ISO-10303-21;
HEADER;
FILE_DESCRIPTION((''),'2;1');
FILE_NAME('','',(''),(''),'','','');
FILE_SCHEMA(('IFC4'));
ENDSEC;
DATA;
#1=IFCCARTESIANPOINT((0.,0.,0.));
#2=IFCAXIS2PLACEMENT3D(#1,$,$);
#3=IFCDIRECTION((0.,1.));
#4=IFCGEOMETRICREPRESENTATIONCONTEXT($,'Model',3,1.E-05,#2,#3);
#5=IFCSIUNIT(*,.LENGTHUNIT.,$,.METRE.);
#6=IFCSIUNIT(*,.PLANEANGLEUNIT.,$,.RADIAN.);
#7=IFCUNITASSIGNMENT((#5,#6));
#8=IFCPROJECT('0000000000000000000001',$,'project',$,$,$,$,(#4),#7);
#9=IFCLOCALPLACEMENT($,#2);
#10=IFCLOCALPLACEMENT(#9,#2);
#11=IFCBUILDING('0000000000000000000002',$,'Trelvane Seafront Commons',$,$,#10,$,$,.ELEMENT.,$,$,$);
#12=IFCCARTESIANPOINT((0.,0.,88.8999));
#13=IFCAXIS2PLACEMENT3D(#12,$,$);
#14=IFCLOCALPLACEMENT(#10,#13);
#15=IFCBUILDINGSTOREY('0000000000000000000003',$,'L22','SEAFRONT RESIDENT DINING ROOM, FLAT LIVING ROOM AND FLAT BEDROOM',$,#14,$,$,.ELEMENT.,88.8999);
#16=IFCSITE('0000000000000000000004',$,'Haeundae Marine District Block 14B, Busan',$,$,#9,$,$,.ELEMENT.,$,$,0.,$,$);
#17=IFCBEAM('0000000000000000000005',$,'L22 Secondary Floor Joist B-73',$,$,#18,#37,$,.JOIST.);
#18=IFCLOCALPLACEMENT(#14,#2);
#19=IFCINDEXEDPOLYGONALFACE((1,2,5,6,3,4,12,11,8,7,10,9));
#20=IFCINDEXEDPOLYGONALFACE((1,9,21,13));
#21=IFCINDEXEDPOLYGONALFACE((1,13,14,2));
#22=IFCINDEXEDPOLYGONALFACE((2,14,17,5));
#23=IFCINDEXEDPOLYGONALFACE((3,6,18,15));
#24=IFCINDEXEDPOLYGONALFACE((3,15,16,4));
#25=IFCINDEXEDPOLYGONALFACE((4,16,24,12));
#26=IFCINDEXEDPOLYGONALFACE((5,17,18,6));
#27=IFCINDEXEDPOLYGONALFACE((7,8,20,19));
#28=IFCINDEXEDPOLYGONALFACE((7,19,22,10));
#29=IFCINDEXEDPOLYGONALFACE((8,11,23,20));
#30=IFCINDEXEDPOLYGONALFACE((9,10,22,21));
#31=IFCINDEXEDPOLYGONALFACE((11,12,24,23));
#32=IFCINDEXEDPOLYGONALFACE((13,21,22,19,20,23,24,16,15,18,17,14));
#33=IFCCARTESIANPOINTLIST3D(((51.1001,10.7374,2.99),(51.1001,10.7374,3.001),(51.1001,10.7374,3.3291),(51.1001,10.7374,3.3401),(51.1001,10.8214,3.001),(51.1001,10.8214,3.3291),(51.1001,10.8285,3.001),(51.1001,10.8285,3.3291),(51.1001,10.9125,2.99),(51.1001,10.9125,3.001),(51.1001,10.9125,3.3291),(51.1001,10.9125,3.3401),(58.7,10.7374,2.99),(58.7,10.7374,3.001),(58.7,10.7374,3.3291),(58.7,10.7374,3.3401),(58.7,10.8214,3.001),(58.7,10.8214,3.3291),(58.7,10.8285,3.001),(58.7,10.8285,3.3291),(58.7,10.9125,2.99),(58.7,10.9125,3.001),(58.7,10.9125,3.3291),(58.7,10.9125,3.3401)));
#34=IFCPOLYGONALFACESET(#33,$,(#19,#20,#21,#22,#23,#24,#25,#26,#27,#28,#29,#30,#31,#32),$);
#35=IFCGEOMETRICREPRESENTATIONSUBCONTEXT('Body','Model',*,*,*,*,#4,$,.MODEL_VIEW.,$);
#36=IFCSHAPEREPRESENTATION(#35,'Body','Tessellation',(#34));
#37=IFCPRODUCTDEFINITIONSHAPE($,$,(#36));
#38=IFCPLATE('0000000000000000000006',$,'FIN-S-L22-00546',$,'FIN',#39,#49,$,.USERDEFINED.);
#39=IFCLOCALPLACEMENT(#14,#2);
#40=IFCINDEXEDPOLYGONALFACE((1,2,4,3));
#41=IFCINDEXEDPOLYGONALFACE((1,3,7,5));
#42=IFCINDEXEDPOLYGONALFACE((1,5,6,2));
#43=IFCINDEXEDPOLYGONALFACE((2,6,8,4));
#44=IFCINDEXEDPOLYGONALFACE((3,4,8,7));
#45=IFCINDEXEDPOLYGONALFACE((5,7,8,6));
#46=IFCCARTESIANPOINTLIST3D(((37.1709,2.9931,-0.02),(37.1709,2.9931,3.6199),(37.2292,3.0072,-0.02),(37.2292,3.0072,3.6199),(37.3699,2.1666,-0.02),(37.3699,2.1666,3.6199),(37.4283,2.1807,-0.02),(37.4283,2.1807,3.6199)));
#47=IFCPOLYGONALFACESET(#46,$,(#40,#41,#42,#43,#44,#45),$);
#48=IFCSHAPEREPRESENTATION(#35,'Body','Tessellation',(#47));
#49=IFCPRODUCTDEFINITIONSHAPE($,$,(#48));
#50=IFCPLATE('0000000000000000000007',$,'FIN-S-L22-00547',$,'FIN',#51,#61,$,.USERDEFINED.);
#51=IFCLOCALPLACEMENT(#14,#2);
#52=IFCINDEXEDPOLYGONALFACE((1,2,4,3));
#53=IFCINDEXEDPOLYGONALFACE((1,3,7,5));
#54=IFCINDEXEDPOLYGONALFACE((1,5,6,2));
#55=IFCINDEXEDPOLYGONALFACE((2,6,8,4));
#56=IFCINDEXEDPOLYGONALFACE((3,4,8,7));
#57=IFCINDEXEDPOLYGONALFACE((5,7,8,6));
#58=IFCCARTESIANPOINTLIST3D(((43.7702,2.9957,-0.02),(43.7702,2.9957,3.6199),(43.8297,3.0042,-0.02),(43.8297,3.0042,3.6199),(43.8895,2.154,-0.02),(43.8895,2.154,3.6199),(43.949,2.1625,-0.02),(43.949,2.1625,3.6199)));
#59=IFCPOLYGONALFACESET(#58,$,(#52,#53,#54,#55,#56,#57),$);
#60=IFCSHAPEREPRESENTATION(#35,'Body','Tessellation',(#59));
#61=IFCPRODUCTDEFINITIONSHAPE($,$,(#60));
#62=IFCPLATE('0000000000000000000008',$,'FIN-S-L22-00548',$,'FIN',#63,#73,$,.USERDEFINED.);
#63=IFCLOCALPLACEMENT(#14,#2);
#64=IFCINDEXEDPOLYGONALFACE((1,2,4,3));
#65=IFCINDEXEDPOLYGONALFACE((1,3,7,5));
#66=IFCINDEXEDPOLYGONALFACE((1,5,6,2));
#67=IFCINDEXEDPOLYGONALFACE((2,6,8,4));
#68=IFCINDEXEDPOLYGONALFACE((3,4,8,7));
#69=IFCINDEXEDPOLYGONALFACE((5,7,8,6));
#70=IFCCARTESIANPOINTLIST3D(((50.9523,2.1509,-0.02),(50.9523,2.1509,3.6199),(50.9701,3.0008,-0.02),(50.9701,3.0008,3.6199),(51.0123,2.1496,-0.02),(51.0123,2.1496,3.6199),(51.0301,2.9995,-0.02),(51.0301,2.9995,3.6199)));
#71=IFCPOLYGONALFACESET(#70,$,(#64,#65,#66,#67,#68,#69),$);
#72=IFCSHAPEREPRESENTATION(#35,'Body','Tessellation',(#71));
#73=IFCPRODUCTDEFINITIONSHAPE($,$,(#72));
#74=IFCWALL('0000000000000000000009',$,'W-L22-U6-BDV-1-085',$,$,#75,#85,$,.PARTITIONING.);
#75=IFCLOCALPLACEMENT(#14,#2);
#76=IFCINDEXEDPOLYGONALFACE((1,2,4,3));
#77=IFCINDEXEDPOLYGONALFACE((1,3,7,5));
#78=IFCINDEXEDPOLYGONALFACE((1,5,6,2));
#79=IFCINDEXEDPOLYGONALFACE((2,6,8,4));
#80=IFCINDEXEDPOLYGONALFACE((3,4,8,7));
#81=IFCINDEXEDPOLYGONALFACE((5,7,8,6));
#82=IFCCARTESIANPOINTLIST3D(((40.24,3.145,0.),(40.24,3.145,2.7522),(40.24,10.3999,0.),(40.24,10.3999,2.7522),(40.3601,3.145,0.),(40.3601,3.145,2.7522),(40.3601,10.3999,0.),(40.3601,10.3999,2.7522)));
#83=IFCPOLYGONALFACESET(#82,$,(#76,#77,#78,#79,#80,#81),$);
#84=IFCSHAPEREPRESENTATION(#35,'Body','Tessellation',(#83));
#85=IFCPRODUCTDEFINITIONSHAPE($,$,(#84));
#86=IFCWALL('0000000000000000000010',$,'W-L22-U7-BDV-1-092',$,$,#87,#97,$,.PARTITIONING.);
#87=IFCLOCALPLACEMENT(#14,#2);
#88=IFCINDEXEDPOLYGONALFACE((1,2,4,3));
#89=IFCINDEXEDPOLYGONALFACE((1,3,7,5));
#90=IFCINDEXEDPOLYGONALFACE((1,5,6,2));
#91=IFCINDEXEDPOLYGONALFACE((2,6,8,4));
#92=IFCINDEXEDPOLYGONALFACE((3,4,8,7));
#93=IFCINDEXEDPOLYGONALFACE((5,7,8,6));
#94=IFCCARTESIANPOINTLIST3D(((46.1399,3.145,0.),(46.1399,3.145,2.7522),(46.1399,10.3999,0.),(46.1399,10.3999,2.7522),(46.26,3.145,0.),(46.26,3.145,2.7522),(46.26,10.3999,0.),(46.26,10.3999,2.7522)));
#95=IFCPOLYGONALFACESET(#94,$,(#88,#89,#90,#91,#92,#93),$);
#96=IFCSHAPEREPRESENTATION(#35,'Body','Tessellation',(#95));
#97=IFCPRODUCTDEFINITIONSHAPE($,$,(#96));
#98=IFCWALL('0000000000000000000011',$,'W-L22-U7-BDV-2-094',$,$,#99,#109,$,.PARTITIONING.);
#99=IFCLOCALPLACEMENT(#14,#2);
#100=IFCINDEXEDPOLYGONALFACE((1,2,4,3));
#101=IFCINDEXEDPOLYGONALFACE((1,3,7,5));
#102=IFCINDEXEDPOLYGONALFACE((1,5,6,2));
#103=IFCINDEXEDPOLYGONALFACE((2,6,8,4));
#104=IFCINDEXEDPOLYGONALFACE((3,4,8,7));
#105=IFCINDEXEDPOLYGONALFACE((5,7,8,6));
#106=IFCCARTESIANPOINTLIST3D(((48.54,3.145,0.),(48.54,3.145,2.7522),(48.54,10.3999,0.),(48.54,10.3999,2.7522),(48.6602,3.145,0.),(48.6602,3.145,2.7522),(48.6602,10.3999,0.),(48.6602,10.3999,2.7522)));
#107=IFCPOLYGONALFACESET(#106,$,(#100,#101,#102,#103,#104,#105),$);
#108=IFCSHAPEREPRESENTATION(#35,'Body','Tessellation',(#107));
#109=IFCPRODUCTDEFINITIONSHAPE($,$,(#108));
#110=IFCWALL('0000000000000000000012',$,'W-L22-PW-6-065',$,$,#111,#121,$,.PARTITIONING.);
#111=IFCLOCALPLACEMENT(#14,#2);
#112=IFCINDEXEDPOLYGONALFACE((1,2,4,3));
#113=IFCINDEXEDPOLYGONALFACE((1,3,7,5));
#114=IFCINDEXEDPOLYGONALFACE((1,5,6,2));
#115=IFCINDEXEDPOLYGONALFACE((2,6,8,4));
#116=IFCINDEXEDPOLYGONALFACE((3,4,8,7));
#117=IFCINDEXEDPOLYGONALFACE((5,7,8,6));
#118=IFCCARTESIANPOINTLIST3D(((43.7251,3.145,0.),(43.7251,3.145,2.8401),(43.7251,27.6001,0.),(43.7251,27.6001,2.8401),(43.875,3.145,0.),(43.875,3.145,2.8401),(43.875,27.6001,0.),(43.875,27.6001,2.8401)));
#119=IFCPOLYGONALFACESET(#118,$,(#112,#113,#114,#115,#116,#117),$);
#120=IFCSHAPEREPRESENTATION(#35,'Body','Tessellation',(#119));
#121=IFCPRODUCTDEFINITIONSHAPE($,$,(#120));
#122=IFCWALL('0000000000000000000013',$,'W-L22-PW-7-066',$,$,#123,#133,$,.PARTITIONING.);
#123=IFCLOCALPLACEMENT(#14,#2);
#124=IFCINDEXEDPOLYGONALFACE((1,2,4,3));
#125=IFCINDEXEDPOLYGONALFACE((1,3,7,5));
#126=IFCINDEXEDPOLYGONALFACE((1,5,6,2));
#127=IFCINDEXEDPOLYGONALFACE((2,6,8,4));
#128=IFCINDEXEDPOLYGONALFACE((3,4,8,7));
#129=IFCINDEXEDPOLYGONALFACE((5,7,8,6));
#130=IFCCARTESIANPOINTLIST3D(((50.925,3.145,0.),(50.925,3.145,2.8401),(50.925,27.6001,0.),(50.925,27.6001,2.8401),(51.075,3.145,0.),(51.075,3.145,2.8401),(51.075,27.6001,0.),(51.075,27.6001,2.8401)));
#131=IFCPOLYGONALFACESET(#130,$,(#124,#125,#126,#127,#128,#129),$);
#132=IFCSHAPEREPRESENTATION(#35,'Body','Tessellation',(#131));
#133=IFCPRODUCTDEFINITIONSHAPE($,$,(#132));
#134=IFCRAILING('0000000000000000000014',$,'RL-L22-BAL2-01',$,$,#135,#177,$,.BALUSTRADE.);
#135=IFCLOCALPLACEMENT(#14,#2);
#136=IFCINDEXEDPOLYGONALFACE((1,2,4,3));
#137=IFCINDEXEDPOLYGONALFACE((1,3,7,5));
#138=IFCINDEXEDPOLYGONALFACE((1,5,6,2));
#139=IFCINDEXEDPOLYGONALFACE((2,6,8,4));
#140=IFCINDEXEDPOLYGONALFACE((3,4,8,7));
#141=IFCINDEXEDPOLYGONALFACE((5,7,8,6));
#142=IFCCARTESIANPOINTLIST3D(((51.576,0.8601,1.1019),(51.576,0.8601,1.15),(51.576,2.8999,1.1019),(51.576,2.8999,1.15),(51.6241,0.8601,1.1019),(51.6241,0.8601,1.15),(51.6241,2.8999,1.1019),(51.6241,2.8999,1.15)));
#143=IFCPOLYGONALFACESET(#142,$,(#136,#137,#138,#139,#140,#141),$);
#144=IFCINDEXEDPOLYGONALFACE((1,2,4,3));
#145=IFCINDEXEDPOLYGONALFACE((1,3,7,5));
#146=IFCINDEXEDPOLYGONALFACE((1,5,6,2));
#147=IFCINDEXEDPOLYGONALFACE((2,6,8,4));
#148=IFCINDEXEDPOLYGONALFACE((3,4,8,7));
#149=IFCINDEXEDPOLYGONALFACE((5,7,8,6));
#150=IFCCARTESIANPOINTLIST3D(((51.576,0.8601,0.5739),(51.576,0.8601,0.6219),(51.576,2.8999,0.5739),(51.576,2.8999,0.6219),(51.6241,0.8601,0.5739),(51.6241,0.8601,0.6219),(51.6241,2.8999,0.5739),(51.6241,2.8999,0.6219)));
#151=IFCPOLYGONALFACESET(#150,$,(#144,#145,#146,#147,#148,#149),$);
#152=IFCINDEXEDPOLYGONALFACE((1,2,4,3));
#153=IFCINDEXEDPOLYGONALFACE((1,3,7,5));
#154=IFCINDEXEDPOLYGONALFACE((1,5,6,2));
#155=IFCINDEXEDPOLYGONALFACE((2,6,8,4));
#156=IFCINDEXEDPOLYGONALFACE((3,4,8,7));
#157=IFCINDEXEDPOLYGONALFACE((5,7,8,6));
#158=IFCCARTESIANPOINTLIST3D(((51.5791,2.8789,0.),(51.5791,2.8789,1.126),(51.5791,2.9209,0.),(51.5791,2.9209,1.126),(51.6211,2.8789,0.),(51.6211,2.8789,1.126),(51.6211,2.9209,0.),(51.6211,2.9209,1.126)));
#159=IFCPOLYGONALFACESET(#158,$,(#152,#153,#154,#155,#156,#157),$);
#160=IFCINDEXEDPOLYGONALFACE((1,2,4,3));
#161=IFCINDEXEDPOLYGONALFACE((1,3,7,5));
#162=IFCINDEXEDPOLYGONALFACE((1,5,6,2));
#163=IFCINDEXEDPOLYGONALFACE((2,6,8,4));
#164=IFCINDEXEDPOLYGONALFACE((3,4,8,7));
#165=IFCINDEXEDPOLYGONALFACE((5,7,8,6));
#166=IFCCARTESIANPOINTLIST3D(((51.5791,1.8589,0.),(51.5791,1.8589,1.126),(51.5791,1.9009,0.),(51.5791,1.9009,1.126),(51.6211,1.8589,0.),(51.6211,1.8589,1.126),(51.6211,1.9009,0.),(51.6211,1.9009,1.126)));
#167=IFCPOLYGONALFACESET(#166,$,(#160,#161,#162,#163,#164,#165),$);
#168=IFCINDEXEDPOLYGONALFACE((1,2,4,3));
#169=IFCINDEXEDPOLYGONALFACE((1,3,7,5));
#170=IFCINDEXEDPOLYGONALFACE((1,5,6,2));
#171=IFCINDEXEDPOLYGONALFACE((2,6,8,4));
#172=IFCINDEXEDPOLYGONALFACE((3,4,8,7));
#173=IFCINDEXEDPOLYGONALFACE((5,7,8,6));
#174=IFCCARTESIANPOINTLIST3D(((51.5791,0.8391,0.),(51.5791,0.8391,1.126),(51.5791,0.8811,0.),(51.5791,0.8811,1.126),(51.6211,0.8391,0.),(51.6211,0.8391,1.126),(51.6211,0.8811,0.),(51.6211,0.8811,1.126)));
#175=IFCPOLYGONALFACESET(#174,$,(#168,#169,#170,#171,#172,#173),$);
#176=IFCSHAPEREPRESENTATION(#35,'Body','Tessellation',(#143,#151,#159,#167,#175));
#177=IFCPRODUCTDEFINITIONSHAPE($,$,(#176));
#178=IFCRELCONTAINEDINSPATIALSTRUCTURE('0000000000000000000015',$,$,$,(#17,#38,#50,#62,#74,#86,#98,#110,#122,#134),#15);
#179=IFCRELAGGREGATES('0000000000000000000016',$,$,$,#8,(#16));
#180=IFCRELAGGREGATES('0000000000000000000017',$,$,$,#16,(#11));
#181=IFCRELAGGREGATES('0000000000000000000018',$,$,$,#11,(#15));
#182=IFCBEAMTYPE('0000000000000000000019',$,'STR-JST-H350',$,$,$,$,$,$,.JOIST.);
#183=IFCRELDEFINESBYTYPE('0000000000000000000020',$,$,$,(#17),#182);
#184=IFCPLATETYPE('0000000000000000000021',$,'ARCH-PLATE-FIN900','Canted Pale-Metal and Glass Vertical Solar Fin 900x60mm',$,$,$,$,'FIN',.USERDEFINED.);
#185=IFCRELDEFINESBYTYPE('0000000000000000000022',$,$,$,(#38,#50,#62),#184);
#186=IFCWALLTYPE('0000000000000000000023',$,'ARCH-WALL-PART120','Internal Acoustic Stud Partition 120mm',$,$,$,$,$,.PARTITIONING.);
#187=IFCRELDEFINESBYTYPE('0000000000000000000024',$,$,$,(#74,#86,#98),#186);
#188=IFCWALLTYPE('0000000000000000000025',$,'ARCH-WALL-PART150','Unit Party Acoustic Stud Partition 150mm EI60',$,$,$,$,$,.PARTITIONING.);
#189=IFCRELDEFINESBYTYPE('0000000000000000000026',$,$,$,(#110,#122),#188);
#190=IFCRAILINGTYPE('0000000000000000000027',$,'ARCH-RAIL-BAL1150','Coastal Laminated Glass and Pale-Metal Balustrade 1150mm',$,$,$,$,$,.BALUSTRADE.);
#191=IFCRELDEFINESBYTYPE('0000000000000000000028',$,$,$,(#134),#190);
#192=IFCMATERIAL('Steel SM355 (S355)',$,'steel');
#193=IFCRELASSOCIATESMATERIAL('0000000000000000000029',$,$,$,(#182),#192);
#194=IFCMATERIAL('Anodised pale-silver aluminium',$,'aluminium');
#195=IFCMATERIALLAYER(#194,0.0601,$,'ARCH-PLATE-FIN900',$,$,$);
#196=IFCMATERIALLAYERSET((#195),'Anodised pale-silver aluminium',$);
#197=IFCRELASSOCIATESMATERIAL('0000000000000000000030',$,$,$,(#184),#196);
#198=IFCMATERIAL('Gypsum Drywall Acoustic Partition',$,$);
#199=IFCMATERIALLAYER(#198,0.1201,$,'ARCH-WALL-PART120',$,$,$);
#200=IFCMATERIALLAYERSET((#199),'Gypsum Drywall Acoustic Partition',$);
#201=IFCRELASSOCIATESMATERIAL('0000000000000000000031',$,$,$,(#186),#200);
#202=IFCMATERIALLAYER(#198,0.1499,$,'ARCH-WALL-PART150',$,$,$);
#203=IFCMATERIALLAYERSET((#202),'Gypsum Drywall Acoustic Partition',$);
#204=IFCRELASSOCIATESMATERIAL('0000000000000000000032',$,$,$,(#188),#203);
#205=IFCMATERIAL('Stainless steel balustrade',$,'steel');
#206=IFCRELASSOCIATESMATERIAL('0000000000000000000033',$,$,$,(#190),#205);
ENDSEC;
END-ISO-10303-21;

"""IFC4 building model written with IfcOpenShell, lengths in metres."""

from ifc_helpers import new_model, si_unit, direction, frame, frame_2d, origin, origin_2d, place, context, subcontext, project, spatial, rectangle, i_section, extrude, source, transform, mapped, material, layer, layer_set, material_profile, profile_set, type_object, element, save


model = new_model("IFC4")

# Units and contexts
model_context = context("Model", 3, precision=1e-05, world=origin(), true_north=direction((0.0, 1.0)))
body_context = subcontext(model_context, "Body", "Model", "MODEL_VIEW")
ifc_project = project(units=[si_unit("LENGTHUNIT", "METRE"), si_unit("PLANEANGLEUNIT", "RADIAN")], contexts=[model_context])

# Site, building, storey
site_placement = place(None, origin())
site = spatial("IfcSite", under=ifc_project, at=site_placement, Name="Haeundae Marine District Block 14B, Busan", CompositionType="ELEMENT", RefElevation=0.0)
building_placement = place(site_placement, origin())
building = spatial("IfcBuilding", under=site, at=building_placement, Name="Trelvane Seafront Commons", CompositionType="ELEMENT")
storey_placement = place(building_placement, frame((0.0, 0.0, 88.8999)))
storey = spatial("IfcBuildingStorey", under=building, at=storey_placement, Name="L22", Description="SEAFRONT RESIDENT DINING ROOM, FLAT LIVING ROOM AND FLAT BEDROOM", CompositionType="ELEMENT", Elevation=88.8999)

# Shared definitions
ifc_material_1 = material(Name="Steel SM355 (S355)", Category="steel")

# Beam
ifc_material_profile_1 = material_profile(ifc_material_1, i_section(OverallWidth=0.175, OverallDepth=0.3501, WebThickness=0.0071, FlangeThickness=0.011, at=origin_2d()), Name="H-350x175x7x11")
ifc_profile_set_1 = profile_set([ifc_material_profile_1], Name="Steel SM355 (S355)")
beam_type_1 = type_object("IfcBeamType", Name="STR-JST-H350", PredefinedType="JOIST", material=ifc_profile_set_1)
shared_shape_1 = source(origin(), body_context, "Body", "SweptSolid", [
    extrude(i_section(OverallWidth=0.175, OverallDepth=0.3501, WebThickness=0.0071, FlangeThickness=0.011, at=origin_2d()), origin(), (0.0, 0.0, 1.0), 7.5999),
])
beam_1_placement = place(storey_placement, frame((51.1001, 10.825, 3.165), z_axis=(1.0, 0.0, 0.0), x_axis=(0.0, 1.0, 0.0)))
element("IfcBeam", 1, at=beam_1_placement, inside=storey, type_object=beam_type_1, Name="L22 Secondary Floor Joist B-73", PredefinedType="JOIST", context=body_context, shape_type="MappedRepresentation", body=[
    mapped(shared_shape_1, transform((0.0, 0.0, 0.0), x_axis=(1.0, 0.0, 0.0), y_axis=(0.0, 1.0, 0.0), z_axis=(0.0, 0.0, 1.0), scale=1.0)),
])

# Plates
ifc_material_2 = material(Name="Anodised pale-silver aluminium", Category="aluminium")
ifc_layer_1 = layer(ifc_material_2, 0.0601, Name="ARCH-PLATE-FIN900")
ifc_layer_set_1 = layer_set([ifc_layer_1], Name="Anodised pale-silver aluminium")
plate_type = type_object("IfcPlateType", Name="ARCH-PLATE-FIN900", Description="Canted Pale-Metal and Glass Vertical Solar Fin 900x60mm", ElementType="FIN", PredefinedType="USERDEFINED", material=ifc_layer_set_1)
shared_shape_2 = source(origin(), body_context, "Body", "SweptSolid", [
    extrude(rectangle(XDim=0.8501, YDim=0.0601, at=origin_2d()), origin(), (0.0, 0.0, 1.0), 3.6399),
])
for number, where, z_axis, x_axis, name in (
    (2, (37.2996, 2.5869, -0.02), (0.0, 0.0, 1.0), (0.234112, -0.97221, 0.0), "FIN-S-L22-00546"),
    (3, (43.8596, 2.5791, -0.02), (0.0, 0.0, 1.0), (0.14035, -0.990102, 0.0), "FIN-S-L22-00547"),
    (4, (50.9912, 2.5752, -0.02), (0.0, 0.0, 1.0), (-0.020941, -0.999781, 0.0), "FIN-S-L22-00548"),
):
    element("IfcPlate", number, at=place(storey_placement, frame(where, z_axis=z_axis, x_axis=x_axis)), inside=storey, type_object=plate_type, Name=name, ObjectType="FIN", PredefinedType="USERDEFINED", context=body_context, shape_type="MappedRepresentation", body=[
        mapped(shared_shape_2, transform((0.0, 0.0, 0.0), x_axis=(1.0, 0.0, 0.0), y_axis=(0.0, 1.0, 0.0), z_axis=(0.0, 0.0, 1.0), scale=1.0)),
    ])

# Shared definitions
ifc_material_3 = material(Name="Gypsum Drywall Acoustic Partition")
ifc_layer_2 = layer(ifc_material_3, 0.1201, Name="ARCH-WALL-PART120")
ifc_layer_set_2 = layer_set([ifc_layer_2], Name="Gypsum Drywall Acoustic Partition")
wall_type_1 = type_object("IfcWallType", Name="ARCH-WALL-PART120", Description="Internal Acoustic Stud Partition 120mm", PredefinedType="PARTITIONING", material=ifc_layer_set_2)

# Wall
wall_1_placement = place(storey_placement, frame((40.3, 3.145, 0.0), z_axis=(0.0, 0.0, 1.0), x_axis=(0.0, 1.0, 0.0)))
element("IfcWall", 5, at=wall_1_placement, inside=storey, type_object=wall_type_1, Name="W-L22-U6-BDV-1-085", PredefinedType="PARTITIONING", context=body_context, shape_type="SweptSolid", body=[
    extrude(rectangle(XDim=7.2549, YDim=0.1201, at=frame_2d((3.6274, 0.0))), origin(), (0.0, 0.0, 1.0), 2.7522),
])

# Wall
wall_2_placement = place(storey_placement, frame((46.2, 3.145, 0.0), z_axis=(0.0, 0.0, 1.0), x_axis=(0.0, 1.0, 0.0)))
element("IfcWall", 6, at=wall_2_placement, inside=storey, type_object=wall_type_1, Name="W-L22-U7-BDV-1-092", PredefinedType="PARTITIONING", context=body_context, shape_type="SweptSolid", body=[
    extrude(rectangle(XDim=7.2549, YDim=0.1201, at=frame_2d((3.6274, 0.0))), origin(), (0.0, 0.0, 1.0), 2.7522),
])

# Wall
wall_3_placement = place(storey_placement, frame((48.6001, 3.145, 0.0), z_axis=(0.0, 0.0, 1.0), x_axis=(0.0, 1.0, 0.0)))
element("IfcWall", 7, at=wall_3_placement, inside=storey, type_object=wall_type_1, Name="W-L22-U7-BDV-2-094", PredefinedType="PARTITIONING", context=body_context, shape_type="SweptSolid", body=[
    extrude(rectangle(XDim=7.2549, YDim=0.1201, at=frame_2d((3.6274, 0.0))), origin(), (0.0, 0.0, 1.0), 2.7522),
])

# Walls
ifc_layer_3 = layer(ifc_material_3, 0.1499, Name="ARCH-WALL-PART150")
ifc_layer_set_3 = layer_set([ifc_layer_3], Name="Gypsum Drywall Acoustic Partition")
wall_type_2 = type_object("IfcWallType", Name="ARCH-WALL-PART150", Description="Unit Party Acoustic Stud Partition 150mm EI60", PredefinedType="PARTITIONING", material=ifc_layer_set_3)
for number, where, z_axis, x_axis, name in (
    (8, (43.8, 3.145, 0.0), (0.0, 0.0, 1.0), (0.0, 1.0, 0.0), "W-L22-PW-6-065"),
    (9, (51.0, 3.145, 0.0), (0.0, 0.0, 1.0), (0.0, 1.0, 0.0), "W-L22-PW-7-066"),
):
    element("IfcWall", number, at=place(storey_placement, frame(where, z_axis=z_axis, x_axis=x_axis)), inside=storey, type_object=wall_type_2, Name=name, PredefinedType="PARTITIONING", context=body_context, shape_type="SweptSolid", body=[
        extrude(rectangle(XDim=24.4551, YDim=0.1499, at=frame_2d((12.2275, 0.0))), origin(), (0.0, 0.0, 1.0), 2.8401),
    ])

# Railing
ifc_material_4 = material(Name="Stainless steel balustrade", Category="steel")
railing_type = type_object("IfcRailingType", Name="ARCH-RAIL-BAL1150", Description="Coastal Laminated Glass and Pale-Metal Balustrade 1150mm", PredefinedType="BALUSTRADE", material=ifc_material_4)
railing_1_placement = place(storey_placement, frame((51.6001, 2.8999, 0.0)))
element("IfcRailing", 10, at=railing_1_placement, inside=storey, type_object=railing_type, Name="RL-L22-BAL2-01", PredefinedType="BALUSTRADE", context=body_context, shape_type="SweptSolid", body=[
    extrude(rectangle(XDim=0.0481, YDim=0.0481, at=origin_2d()), frame((0.0, 0.0, 1.126), z_axis=(0.0, -1.0, 0.0), x_axis=(1.0, 0.0, 0.0)), (0.0, 0.0, 1.0), 2.0398),
    extrude(rectangle(XDim=0.0481, YDim=0.0481, at=origin_2d()), frame((0.0, 0.0, 0.5979), z_axis=(0.0, -1.0, 0.0), x_axis=(1.0, 0.0, 0.0)), (0.0, 0.0, 1.0), 2.0398),
    extrude(rectangle(XDim=0.042, YDim=0.042, at=origin_2d()), origin(), (0.0, 0.0, 1.0), 1.126),
    extrude(rectangle(XDim=0.042, YDim=0.042, at=origin_2d()), frame((0.0, -1.02, 0.0)), (0.0, 0.0, 1.0), 1.126),
    extrude(rectangle(XDim=0.042, YDim=0.042, at=origin_2d()), frame((0.0, -2.0398, 0.0)), (0.0, 0.0, 1.0), 1.126),
])

save(model, "model.ifc")
